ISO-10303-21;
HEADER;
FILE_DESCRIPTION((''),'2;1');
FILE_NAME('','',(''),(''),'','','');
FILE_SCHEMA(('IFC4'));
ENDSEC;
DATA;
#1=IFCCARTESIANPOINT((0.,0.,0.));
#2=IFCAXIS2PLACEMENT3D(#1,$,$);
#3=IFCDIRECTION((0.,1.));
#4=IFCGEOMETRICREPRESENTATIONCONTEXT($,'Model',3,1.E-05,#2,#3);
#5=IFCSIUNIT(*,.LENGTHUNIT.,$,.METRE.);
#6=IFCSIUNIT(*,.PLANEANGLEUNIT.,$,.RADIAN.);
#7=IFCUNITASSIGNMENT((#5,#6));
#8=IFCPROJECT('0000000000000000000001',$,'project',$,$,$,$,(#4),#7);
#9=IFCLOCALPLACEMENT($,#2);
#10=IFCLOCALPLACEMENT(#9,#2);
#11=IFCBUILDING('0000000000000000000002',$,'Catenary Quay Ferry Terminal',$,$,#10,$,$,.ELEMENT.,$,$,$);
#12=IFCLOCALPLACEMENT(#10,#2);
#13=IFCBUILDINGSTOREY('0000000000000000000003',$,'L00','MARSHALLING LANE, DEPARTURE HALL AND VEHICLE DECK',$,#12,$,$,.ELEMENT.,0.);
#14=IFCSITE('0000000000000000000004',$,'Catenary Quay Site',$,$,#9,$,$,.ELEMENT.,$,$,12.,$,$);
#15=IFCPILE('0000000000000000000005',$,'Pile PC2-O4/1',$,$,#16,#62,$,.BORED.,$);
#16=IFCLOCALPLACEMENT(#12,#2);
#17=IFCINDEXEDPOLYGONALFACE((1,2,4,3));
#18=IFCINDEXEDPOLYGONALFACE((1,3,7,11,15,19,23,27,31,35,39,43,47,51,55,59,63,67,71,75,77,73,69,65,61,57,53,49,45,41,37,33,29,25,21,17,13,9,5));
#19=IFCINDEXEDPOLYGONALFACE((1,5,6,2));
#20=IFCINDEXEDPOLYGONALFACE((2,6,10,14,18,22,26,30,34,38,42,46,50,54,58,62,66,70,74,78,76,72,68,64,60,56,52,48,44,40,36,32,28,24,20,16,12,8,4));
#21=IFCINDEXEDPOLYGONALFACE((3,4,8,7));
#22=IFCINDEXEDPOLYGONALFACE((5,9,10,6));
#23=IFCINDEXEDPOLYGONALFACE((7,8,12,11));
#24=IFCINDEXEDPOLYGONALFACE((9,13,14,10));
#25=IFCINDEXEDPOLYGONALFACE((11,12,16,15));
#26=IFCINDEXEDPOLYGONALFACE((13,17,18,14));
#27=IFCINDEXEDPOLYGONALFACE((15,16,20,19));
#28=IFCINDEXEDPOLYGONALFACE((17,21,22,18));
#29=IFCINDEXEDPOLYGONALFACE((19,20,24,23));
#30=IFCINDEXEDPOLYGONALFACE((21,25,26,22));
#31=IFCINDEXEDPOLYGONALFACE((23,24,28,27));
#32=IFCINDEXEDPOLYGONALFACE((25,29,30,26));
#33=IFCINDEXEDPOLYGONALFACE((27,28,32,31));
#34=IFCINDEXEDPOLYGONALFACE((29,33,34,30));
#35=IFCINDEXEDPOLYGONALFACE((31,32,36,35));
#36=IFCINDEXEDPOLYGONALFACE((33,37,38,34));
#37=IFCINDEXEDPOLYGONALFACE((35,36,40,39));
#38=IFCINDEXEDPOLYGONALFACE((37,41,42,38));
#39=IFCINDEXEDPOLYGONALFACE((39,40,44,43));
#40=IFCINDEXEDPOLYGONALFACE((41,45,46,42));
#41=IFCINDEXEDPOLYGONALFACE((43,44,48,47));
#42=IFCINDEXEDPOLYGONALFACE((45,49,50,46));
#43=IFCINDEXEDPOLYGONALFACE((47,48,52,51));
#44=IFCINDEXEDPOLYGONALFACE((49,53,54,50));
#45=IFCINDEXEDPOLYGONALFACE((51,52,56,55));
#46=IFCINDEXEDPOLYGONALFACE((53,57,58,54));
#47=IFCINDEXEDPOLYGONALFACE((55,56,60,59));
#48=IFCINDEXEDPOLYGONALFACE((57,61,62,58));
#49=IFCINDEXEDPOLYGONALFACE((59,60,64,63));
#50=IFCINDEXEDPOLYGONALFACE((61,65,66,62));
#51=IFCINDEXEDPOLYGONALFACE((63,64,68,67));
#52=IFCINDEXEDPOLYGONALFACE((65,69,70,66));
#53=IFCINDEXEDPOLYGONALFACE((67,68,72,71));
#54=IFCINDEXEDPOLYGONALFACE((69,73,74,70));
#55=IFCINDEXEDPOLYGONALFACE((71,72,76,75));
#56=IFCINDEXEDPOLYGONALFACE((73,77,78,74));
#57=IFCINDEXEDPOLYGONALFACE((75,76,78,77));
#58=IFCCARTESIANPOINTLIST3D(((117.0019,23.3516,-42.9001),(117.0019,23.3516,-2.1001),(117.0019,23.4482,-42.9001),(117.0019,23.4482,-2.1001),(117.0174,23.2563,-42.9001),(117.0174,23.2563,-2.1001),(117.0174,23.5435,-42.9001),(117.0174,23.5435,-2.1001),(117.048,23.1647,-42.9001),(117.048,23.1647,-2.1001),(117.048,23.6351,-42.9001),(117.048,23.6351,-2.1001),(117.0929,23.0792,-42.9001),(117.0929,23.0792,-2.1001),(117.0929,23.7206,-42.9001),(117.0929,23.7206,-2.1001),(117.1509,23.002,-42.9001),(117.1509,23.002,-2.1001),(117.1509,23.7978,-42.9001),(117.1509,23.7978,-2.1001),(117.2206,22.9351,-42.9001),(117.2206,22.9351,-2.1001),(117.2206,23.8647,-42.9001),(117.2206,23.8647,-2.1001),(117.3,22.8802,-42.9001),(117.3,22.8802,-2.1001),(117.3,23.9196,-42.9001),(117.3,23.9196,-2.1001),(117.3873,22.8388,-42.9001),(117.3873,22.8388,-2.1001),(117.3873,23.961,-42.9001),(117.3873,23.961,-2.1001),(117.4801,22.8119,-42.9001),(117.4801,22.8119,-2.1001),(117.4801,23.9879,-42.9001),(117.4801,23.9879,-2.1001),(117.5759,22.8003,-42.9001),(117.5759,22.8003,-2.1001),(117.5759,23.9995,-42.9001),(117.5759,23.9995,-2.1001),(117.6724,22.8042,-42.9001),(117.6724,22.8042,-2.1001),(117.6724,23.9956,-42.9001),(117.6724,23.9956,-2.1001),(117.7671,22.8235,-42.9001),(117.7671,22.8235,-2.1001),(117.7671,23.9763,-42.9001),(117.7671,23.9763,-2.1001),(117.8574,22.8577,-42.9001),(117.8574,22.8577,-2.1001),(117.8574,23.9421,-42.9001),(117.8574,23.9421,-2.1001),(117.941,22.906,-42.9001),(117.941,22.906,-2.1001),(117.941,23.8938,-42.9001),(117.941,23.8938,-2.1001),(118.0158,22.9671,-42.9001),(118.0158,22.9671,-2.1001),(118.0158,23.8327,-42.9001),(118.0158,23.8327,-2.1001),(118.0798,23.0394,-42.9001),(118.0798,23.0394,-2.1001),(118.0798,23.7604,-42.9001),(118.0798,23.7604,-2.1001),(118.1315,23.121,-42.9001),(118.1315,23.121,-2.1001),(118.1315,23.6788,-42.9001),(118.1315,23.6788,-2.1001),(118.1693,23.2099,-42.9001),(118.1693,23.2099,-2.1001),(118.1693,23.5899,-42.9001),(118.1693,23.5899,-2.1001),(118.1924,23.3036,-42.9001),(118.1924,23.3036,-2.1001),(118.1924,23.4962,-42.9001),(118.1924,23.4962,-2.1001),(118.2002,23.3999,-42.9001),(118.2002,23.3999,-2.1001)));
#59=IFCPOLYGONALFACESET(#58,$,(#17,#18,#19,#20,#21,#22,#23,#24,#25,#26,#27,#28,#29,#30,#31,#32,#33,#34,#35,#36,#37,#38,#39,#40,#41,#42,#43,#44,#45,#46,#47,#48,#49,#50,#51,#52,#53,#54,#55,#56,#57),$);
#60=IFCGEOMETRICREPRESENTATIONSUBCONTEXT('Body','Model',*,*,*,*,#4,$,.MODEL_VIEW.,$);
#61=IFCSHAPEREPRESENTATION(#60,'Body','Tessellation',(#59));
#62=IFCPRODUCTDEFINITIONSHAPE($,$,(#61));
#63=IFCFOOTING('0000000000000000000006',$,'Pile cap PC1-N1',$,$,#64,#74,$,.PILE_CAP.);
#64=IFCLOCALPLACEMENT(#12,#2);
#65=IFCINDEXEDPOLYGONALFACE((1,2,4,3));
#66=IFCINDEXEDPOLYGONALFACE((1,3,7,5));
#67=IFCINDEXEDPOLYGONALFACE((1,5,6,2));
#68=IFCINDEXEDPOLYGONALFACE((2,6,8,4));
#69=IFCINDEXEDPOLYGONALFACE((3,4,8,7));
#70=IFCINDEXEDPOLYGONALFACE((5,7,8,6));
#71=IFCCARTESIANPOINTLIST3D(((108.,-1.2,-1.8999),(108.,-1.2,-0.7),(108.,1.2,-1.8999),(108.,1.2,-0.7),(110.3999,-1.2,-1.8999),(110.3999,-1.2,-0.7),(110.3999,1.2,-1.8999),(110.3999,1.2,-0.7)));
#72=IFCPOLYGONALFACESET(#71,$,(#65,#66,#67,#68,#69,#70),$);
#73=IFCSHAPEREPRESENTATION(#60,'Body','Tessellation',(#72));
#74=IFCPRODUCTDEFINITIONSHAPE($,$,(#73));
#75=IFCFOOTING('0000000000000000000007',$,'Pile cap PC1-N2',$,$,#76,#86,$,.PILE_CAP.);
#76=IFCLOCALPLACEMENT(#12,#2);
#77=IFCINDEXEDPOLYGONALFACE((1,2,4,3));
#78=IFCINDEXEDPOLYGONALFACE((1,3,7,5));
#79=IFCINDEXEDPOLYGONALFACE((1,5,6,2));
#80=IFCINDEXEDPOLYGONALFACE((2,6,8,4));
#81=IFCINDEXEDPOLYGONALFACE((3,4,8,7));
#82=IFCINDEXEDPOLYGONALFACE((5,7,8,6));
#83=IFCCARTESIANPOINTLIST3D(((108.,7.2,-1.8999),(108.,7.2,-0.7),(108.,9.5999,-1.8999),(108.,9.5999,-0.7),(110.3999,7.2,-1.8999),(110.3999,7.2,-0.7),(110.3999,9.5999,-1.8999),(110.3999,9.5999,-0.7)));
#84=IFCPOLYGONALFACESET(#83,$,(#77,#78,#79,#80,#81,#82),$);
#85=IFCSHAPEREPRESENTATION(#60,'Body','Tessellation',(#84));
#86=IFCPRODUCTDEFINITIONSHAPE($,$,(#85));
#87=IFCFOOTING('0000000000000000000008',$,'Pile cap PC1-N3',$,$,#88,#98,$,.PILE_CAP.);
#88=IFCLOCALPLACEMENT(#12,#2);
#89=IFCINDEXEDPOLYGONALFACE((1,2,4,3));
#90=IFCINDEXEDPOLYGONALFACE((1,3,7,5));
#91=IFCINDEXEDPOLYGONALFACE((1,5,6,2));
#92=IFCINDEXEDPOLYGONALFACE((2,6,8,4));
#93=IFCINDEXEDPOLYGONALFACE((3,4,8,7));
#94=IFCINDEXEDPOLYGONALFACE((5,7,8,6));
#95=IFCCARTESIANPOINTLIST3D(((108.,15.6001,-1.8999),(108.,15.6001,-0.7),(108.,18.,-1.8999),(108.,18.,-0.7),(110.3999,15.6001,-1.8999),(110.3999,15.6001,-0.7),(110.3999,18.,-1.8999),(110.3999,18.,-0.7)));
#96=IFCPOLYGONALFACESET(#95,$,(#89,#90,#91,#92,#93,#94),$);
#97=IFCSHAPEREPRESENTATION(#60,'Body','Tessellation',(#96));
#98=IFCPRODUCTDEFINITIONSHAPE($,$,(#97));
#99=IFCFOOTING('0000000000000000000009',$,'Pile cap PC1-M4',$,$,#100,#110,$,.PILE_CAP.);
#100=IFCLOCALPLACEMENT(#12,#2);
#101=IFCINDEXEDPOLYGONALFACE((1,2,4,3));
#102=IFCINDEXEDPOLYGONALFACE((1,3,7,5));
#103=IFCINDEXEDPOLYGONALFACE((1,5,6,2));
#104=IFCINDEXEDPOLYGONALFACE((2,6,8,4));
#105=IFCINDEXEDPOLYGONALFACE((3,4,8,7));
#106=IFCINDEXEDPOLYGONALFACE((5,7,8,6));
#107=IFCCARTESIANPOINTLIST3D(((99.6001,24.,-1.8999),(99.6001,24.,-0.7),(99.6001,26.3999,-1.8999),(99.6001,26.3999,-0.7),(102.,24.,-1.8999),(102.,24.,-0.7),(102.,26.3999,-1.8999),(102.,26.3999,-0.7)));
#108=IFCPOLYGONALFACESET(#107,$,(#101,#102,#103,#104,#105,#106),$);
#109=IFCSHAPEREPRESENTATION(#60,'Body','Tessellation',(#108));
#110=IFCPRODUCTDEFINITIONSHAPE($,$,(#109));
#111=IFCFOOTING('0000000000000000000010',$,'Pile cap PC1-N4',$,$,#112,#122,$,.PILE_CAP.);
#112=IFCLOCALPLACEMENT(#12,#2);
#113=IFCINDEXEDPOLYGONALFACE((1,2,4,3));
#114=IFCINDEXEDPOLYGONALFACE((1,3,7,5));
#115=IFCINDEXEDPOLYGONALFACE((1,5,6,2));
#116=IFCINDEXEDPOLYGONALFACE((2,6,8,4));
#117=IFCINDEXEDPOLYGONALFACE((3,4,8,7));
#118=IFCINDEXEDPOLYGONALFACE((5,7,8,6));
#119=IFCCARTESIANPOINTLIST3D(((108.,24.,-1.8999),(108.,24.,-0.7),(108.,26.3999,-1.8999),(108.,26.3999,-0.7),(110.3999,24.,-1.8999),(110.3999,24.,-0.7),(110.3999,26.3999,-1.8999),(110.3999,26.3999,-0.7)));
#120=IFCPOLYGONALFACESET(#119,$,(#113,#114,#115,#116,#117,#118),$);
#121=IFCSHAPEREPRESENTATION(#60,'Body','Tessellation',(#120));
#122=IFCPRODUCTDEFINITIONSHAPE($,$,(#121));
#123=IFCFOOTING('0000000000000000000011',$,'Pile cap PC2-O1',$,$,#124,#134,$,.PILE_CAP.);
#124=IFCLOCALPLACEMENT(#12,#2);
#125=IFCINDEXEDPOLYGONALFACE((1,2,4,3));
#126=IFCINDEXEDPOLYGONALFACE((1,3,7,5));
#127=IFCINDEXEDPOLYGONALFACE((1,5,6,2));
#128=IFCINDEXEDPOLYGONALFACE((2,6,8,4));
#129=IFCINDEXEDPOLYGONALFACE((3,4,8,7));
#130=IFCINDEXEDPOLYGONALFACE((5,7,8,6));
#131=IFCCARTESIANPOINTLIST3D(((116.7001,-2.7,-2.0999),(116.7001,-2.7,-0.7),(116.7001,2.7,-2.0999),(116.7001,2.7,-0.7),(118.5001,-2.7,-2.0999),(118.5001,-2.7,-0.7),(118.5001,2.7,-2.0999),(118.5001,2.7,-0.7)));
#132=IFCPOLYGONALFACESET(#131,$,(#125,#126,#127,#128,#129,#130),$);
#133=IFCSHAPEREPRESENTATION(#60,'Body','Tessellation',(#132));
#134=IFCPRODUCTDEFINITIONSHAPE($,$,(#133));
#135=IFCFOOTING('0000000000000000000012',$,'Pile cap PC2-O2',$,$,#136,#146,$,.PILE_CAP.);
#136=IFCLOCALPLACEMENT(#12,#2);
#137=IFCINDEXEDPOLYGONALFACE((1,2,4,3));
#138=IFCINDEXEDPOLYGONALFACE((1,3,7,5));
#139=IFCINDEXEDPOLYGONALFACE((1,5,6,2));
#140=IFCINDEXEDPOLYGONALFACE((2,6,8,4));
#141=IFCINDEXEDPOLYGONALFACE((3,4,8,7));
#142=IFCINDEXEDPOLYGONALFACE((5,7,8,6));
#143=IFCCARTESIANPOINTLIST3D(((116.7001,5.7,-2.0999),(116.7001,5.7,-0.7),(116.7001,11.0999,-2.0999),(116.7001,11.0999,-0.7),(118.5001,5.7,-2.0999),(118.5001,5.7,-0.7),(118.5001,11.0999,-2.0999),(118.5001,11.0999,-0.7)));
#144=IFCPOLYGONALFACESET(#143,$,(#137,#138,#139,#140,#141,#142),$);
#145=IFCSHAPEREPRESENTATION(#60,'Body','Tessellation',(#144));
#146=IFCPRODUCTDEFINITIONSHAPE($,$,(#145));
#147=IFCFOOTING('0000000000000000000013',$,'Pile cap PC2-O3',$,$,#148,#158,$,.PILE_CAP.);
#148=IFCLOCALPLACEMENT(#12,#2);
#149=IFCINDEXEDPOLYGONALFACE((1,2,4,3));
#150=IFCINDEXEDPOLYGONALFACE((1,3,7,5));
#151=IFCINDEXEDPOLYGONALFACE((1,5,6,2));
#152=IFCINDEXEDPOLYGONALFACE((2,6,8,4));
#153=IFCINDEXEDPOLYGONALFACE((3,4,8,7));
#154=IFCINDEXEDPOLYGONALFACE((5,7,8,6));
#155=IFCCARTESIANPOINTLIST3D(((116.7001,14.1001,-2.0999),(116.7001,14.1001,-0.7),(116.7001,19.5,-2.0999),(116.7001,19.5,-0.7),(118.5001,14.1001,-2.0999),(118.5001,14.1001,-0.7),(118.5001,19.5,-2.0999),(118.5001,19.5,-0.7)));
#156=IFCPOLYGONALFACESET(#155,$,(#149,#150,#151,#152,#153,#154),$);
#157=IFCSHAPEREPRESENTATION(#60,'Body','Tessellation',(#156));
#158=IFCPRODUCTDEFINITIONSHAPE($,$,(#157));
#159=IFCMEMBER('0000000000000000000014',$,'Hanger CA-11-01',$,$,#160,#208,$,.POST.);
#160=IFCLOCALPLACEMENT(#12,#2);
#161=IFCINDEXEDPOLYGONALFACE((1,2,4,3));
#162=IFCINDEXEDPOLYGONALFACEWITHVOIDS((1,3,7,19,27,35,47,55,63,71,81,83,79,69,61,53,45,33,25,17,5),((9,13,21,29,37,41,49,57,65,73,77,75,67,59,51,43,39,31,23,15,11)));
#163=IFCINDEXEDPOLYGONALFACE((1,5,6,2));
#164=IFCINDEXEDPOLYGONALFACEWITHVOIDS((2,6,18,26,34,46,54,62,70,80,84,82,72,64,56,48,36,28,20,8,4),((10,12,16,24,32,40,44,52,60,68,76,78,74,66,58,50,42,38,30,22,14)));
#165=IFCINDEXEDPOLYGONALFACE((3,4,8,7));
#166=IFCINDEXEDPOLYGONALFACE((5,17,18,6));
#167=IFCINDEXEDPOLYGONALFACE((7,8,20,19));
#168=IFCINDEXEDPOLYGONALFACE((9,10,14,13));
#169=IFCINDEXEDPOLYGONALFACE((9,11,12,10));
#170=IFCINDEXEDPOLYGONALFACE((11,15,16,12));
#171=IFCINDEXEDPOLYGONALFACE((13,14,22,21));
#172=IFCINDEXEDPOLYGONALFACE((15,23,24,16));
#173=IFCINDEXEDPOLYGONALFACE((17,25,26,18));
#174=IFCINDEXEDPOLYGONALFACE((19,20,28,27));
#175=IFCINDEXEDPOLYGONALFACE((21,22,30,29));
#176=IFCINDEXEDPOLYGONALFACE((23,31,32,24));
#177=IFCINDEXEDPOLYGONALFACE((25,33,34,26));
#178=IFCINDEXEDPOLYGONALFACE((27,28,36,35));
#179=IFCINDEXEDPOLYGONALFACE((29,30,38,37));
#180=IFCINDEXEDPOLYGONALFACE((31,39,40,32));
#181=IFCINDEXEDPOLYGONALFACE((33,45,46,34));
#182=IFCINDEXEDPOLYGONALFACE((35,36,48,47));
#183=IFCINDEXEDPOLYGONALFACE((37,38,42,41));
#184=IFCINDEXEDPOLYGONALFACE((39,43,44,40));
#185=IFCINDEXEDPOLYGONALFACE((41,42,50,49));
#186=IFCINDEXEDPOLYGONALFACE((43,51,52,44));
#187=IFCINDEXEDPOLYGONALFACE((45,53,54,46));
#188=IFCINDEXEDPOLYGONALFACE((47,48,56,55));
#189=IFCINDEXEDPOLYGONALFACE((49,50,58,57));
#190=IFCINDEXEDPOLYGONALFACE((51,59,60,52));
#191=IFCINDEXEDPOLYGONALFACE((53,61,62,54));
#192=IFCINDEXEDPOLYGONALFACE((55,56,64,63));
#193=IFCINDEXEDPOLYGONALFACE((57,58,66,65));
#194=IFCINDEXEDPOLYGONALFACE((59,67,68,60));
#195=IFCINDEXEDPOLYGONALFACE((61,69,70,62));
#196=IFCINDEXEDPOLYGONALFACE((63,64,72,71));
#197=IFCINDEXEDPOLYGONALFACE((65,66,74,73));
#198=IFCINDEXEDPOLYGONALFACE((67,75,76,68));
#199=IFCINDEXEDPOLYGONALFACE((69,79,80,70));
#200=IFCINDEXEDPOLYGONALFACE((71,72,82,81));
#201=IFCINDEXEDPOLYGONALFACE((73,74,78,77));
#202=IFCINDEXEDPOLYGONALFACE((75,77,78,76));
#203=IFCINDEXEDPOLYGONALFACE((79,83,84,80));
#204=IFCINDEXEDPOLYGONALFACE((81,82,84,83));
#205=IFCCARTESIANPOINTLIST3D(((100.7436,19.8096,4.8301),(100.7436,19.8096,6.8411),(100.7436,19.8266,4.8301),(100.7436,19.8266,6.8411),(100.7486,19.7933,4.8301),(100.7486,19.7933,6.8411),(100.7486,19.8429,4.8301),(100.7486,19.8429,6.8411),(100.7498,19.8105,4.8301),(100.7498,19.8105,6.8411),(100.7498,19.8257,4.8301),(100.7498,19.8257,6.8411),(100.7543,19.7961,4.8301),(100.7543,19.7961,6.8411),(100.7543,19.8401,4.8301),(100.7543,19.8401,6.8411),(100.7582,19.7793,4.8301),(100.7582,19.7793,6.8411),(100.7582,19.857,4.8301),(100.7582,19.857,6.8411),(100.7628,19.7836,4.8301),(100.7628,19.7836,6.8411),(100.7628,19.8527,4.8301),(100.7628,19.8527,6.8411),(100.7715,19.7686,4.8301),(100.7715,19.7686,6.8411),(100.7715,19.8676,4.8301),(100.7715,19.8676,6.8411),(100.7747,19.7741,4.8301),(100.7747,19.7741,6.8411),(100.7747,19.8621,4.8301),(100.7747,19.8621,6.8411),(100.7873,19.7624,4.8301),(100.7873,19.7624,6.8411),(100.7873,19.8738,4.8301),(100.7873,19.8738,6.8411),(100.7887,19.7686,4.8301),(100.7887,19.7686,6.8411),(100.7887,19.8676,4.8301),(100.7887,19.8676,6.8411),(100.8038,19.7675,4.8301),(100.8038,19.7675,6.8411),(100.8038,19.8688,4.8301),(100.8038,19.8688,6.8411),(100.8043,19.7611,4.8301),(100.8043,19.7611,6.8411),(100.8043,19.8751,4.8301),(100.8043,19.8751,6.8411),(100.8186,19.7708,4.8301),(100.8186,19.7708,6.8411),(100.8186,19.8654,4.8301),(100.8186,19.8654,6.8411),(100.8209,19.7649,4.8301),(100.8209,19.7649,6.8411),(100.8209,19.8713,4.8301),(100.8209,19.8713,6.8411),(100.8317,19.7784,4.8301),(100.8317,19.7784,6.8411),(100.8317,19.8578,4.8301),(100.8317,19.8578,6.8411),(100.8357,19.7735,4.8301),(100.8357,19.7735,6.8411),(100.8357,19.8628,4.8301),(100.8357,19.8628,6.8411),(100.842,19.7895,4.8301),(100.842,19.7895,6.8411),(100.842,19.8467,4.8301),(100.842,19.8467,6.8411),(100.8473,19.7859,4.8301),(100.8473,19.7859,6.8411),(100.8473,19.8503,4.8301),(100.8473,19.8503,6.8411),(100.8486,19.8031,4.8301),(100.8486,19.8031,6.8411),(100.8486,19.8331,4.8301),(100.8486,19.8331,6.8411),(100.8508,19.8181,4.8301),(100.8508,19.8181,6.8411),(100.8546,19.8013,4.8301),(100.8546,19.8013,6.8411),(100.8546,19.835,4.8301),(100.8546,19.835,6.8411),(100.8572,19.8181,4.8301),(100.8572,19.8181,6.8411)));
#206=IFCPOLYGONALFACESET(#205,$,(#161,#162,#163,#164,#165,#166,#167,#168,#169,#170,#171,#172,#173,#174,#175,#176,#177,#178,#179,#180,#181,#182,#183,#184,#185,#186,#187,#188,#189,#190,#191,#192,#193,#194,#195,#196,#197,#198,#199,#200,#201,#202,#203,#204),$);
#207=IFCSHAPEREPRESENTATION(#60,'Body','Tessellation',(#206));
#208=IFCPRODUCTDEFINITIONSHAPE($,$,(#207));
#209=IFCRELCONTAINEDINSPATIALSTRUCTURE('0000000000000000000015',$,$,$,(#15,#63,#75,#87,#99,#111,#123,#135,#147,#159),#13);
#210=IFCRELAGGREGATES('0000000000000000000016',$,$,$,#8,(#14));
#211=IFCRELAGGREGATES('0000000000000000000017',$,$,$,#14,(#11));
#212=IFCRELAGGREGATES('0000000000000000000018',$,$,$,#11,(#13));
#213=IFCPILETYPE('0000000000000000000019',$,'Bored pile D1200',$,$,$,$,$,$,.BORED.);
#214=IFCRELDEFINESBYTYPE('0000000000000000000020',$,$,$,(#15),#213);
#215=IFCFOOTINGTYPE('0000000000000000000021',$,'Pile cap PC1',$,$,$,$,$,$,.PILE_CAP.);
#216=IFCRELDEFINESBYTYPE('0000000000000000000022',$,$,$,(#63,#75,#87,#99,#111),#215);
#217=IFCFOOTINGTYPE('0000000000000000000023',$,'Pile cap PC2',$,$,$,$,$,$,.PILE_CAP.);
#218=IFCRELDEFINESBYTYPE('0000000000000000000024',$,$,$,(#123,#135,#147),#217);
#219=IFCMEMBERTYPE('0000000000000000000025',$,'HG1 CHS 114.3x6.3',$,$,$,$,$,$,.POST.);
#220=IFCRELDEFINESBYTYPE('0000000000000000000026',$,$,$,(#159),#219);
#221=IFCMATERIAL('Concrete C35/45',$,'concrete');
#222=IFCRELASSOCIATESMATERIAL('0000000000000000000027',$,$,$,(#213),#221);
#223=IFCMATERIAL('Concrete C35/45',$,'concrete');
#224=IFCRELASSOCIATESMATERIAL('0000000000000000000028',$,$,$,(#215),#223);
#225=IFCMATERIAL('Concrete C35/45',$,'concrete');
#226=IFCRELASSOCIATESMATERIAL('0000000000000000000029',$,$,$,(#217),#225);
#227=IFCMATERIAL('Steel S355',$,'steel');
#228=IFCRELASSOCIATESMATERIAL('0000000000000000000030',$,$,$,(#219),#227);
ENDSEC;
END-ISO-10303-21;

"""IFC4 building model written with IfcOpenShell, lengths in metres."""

from ifc_helpers import new_model, si_unit, direction, frame, origin, origin_2d, place, context, subcontext, project, spatial, rectangle, circle, hollow_circle, extrude, material, material_profile, profile_set, type_object, element, save


model = new_model("IFC4")

# Units and contexts
model_context = context("Model", 3, precision=1e-05, world=origin(), true_north=direction((0.0, 1.0)))
body_context = subcontext(model_context, "Body", "Model", "MODEL_VIEW")
ifc_project = project(units=[si_unit("LENGTHUNIT", "METRE"), si_unit("PLANEANGLEUNIT", "RADIAN")], contexts=[model_context])

# Site, building, storey
site_placement = place(None, origin())
site = spatial("IfcSite", under=ifc_project, at=site_placement, Name="Catenary Quay Site", CompositionType="ELEMENT", RefElevation=12.0)
building_placement = place(site_placement, origin())
building = spatial("IfcBuilding", under=site, at=building_placement, Name="Catenary Quay Ferry Terminal", CompositionType="ELEMENT")
storey_placement = place(building_placement, origin())
storey = spatial("IfcBuildingStorey", under=building, at=storey_placement, Name="L00", Description="MARSHALLING LANE, DEPARTURE HALL AND VEHICLE DECK", CompositionType="ELEMENT", Elevation=0.0)

# Pile
ifc_material_1 = material(Name="Concrete C35/45", Category="concrete")
ifc_material_profile_1 = material_profile(ifc_material_1, circle(Radius=0.6001, at=origin_2d()), Name="D1200")
ifc_profile_set_1 = profile_set([ifc_material_profile_1], Name="Concrete C35/45")
pile_type = type_object("IfcPileType", Name="Bored pile D1200", PredefinedType="BORED", material=ifc_profile_set_1)
for number, where, z_axis, x_axis, name in (
    (1, (117.6001, 23.3999, -2.1001), (0.0, 0.0, -1.0), (1.0, 0.0, 0.0), "Pile PC2-O4/1"),
):
    element("IfcPile", number, at=place(storey_placement, frame(where, z_axis=z_axis, x_axis=x_axis)), inside=storey, type_object=pile_type, Name=name, PredefinedType="BORED", context=body_context, shape_type="SweptSolid", body=[
        extrude(circle(Radius=0.6001, at=origin_2d()), origin(), (0.0, 0.0, 1.0), 40.8),
    ])

# Footings
ifc_material_2 = material(Name="Concrete C35/45", Category="concrete")
footing_type_1 = type_object("IfcFootingType", Name="Pile cap PC1", PredefinedType="PILE_CAP", material=ifc_material_2)
for number, where, z_axis, x_axis, name in (
    (2, (109.2, 0.0, -1.8999), (0.0, 0.0, 1.0), (1.0, 0.0, 0.0), "Pile cap PC1-N1"),
    (3, (109.2, 8.3999, -1.8999), (0.0, 0.0, 1.0), (1.0, 0.0, 0.0), "Pile cap PC1-N2"),
    (4, (109.2, 16.8, -1.8999), (0.0, 0.0, 1.0), (1.0, 0.0, 0.0), "Pile cap PC1-N3"),
    (5, (100.8, 25.2, -1.8999), (0.0, 0.0, 1.0), (1.0, 0.0, 0.0), "Pile cap PC1-M4"),
    (6, (109.2, 25.2, -1.8999), (0.0, 0.0, 1.0), (1.0, 0.0, 0.0), "Pile cap PC1-N4"),
):
    element("IfcFooting", number, at=place(storey_placement, frame(where, z_axis=z_axis, x_axis=x_axis)), inside=storey, type_object=footing_type_1, Name=name, PredefinedType="PILE_CAP", context=body_context, shape_type="SweptSolid", body=[
        extrude(rectangle(XDim=2.3999, YDim=2.3999, at=origin_2d()), origin(), (0.0, 0.0, 1.0), 1.2),
    ])
ifc_material_3 = material(Name="Concrete C35/45", Category="concrete")
footing_type_2 = type_object("IfcFootingType", Name="Pile cap PC2", PredefinedType="PILE_CAP", material=ifc_material_3)
for number, where, z_axis, x_axis, name in (
    (7, (117.6001, 0.0, -2.0999), (0.0, 0.0, 1.0), (1.0, 0.0, 0.0), "Pile cap PC2-O1"),
    (8, (117.6001, 8.3999, -2.0999), (0.0, 0.0, 1.0), (1.0, 0.0, 0.0), "Pile cap PC2-O2"),
    (9, (117.6001, 16.8, -2.0999), (0.0, 0.0, 1.0), (1.0, 0.0, 0.0), "Pile cap PC2-O3"),
):
    element("IfcFooting", number, at=place(storey_placement, frame(where, z_axis=z_axis, x_axis=x_axis)), inside=storey, type_object=footing_type_2, Name=name, PredefinedType="PILE_CAP", context=body_context, shape_type="SweptSolid", body=[
        extrude(rectangle(XDim=1.8, YDim=5.3999, at=origin_2d()), origin(), (0.0, 0.0, 1.0), 1.3999),
    ])

# Member
ifc_material_4 = material(Name="Steel S355", Category="steel")
ifc_material_profile_2 = material_profile(ifc_material_4, hollow_circle(Radius=0.0571, WallThickness=0.0063, at=origin_2d()), Name="CHS 114.3x6.3")
ifc_profile_set_2 = profile_set([ifc_material_profile_2], Name="Steel S355")
member_type_1 = type_object("IfcMemberType", Name="HG1 CHS 114.3x6.3", PredefinedType="POST", material=ifc_profile_set_2)
member_1_placement = place(storey_placement, frame((100.8, 19.8181, 4.8301), z_axis=(0.0, 0.0, 1.0), x_axis=(1.0, 0.0, 0.0)))
element("IfcMember", 10, at=member_1_placement, inside=storey, type_object=member_type_1, Name="Hanger CA-11-01", PredefinedType="POST", context=body_context, shape_type="SweptSolid", body=[
    extrude(hollow_circle(Radius=0.0571, WallThickness=0.0063, at=origin_2d()), origin(), (0.0, 0.0, 1.0), 2.011),
])

save(model, "model.ifc")
